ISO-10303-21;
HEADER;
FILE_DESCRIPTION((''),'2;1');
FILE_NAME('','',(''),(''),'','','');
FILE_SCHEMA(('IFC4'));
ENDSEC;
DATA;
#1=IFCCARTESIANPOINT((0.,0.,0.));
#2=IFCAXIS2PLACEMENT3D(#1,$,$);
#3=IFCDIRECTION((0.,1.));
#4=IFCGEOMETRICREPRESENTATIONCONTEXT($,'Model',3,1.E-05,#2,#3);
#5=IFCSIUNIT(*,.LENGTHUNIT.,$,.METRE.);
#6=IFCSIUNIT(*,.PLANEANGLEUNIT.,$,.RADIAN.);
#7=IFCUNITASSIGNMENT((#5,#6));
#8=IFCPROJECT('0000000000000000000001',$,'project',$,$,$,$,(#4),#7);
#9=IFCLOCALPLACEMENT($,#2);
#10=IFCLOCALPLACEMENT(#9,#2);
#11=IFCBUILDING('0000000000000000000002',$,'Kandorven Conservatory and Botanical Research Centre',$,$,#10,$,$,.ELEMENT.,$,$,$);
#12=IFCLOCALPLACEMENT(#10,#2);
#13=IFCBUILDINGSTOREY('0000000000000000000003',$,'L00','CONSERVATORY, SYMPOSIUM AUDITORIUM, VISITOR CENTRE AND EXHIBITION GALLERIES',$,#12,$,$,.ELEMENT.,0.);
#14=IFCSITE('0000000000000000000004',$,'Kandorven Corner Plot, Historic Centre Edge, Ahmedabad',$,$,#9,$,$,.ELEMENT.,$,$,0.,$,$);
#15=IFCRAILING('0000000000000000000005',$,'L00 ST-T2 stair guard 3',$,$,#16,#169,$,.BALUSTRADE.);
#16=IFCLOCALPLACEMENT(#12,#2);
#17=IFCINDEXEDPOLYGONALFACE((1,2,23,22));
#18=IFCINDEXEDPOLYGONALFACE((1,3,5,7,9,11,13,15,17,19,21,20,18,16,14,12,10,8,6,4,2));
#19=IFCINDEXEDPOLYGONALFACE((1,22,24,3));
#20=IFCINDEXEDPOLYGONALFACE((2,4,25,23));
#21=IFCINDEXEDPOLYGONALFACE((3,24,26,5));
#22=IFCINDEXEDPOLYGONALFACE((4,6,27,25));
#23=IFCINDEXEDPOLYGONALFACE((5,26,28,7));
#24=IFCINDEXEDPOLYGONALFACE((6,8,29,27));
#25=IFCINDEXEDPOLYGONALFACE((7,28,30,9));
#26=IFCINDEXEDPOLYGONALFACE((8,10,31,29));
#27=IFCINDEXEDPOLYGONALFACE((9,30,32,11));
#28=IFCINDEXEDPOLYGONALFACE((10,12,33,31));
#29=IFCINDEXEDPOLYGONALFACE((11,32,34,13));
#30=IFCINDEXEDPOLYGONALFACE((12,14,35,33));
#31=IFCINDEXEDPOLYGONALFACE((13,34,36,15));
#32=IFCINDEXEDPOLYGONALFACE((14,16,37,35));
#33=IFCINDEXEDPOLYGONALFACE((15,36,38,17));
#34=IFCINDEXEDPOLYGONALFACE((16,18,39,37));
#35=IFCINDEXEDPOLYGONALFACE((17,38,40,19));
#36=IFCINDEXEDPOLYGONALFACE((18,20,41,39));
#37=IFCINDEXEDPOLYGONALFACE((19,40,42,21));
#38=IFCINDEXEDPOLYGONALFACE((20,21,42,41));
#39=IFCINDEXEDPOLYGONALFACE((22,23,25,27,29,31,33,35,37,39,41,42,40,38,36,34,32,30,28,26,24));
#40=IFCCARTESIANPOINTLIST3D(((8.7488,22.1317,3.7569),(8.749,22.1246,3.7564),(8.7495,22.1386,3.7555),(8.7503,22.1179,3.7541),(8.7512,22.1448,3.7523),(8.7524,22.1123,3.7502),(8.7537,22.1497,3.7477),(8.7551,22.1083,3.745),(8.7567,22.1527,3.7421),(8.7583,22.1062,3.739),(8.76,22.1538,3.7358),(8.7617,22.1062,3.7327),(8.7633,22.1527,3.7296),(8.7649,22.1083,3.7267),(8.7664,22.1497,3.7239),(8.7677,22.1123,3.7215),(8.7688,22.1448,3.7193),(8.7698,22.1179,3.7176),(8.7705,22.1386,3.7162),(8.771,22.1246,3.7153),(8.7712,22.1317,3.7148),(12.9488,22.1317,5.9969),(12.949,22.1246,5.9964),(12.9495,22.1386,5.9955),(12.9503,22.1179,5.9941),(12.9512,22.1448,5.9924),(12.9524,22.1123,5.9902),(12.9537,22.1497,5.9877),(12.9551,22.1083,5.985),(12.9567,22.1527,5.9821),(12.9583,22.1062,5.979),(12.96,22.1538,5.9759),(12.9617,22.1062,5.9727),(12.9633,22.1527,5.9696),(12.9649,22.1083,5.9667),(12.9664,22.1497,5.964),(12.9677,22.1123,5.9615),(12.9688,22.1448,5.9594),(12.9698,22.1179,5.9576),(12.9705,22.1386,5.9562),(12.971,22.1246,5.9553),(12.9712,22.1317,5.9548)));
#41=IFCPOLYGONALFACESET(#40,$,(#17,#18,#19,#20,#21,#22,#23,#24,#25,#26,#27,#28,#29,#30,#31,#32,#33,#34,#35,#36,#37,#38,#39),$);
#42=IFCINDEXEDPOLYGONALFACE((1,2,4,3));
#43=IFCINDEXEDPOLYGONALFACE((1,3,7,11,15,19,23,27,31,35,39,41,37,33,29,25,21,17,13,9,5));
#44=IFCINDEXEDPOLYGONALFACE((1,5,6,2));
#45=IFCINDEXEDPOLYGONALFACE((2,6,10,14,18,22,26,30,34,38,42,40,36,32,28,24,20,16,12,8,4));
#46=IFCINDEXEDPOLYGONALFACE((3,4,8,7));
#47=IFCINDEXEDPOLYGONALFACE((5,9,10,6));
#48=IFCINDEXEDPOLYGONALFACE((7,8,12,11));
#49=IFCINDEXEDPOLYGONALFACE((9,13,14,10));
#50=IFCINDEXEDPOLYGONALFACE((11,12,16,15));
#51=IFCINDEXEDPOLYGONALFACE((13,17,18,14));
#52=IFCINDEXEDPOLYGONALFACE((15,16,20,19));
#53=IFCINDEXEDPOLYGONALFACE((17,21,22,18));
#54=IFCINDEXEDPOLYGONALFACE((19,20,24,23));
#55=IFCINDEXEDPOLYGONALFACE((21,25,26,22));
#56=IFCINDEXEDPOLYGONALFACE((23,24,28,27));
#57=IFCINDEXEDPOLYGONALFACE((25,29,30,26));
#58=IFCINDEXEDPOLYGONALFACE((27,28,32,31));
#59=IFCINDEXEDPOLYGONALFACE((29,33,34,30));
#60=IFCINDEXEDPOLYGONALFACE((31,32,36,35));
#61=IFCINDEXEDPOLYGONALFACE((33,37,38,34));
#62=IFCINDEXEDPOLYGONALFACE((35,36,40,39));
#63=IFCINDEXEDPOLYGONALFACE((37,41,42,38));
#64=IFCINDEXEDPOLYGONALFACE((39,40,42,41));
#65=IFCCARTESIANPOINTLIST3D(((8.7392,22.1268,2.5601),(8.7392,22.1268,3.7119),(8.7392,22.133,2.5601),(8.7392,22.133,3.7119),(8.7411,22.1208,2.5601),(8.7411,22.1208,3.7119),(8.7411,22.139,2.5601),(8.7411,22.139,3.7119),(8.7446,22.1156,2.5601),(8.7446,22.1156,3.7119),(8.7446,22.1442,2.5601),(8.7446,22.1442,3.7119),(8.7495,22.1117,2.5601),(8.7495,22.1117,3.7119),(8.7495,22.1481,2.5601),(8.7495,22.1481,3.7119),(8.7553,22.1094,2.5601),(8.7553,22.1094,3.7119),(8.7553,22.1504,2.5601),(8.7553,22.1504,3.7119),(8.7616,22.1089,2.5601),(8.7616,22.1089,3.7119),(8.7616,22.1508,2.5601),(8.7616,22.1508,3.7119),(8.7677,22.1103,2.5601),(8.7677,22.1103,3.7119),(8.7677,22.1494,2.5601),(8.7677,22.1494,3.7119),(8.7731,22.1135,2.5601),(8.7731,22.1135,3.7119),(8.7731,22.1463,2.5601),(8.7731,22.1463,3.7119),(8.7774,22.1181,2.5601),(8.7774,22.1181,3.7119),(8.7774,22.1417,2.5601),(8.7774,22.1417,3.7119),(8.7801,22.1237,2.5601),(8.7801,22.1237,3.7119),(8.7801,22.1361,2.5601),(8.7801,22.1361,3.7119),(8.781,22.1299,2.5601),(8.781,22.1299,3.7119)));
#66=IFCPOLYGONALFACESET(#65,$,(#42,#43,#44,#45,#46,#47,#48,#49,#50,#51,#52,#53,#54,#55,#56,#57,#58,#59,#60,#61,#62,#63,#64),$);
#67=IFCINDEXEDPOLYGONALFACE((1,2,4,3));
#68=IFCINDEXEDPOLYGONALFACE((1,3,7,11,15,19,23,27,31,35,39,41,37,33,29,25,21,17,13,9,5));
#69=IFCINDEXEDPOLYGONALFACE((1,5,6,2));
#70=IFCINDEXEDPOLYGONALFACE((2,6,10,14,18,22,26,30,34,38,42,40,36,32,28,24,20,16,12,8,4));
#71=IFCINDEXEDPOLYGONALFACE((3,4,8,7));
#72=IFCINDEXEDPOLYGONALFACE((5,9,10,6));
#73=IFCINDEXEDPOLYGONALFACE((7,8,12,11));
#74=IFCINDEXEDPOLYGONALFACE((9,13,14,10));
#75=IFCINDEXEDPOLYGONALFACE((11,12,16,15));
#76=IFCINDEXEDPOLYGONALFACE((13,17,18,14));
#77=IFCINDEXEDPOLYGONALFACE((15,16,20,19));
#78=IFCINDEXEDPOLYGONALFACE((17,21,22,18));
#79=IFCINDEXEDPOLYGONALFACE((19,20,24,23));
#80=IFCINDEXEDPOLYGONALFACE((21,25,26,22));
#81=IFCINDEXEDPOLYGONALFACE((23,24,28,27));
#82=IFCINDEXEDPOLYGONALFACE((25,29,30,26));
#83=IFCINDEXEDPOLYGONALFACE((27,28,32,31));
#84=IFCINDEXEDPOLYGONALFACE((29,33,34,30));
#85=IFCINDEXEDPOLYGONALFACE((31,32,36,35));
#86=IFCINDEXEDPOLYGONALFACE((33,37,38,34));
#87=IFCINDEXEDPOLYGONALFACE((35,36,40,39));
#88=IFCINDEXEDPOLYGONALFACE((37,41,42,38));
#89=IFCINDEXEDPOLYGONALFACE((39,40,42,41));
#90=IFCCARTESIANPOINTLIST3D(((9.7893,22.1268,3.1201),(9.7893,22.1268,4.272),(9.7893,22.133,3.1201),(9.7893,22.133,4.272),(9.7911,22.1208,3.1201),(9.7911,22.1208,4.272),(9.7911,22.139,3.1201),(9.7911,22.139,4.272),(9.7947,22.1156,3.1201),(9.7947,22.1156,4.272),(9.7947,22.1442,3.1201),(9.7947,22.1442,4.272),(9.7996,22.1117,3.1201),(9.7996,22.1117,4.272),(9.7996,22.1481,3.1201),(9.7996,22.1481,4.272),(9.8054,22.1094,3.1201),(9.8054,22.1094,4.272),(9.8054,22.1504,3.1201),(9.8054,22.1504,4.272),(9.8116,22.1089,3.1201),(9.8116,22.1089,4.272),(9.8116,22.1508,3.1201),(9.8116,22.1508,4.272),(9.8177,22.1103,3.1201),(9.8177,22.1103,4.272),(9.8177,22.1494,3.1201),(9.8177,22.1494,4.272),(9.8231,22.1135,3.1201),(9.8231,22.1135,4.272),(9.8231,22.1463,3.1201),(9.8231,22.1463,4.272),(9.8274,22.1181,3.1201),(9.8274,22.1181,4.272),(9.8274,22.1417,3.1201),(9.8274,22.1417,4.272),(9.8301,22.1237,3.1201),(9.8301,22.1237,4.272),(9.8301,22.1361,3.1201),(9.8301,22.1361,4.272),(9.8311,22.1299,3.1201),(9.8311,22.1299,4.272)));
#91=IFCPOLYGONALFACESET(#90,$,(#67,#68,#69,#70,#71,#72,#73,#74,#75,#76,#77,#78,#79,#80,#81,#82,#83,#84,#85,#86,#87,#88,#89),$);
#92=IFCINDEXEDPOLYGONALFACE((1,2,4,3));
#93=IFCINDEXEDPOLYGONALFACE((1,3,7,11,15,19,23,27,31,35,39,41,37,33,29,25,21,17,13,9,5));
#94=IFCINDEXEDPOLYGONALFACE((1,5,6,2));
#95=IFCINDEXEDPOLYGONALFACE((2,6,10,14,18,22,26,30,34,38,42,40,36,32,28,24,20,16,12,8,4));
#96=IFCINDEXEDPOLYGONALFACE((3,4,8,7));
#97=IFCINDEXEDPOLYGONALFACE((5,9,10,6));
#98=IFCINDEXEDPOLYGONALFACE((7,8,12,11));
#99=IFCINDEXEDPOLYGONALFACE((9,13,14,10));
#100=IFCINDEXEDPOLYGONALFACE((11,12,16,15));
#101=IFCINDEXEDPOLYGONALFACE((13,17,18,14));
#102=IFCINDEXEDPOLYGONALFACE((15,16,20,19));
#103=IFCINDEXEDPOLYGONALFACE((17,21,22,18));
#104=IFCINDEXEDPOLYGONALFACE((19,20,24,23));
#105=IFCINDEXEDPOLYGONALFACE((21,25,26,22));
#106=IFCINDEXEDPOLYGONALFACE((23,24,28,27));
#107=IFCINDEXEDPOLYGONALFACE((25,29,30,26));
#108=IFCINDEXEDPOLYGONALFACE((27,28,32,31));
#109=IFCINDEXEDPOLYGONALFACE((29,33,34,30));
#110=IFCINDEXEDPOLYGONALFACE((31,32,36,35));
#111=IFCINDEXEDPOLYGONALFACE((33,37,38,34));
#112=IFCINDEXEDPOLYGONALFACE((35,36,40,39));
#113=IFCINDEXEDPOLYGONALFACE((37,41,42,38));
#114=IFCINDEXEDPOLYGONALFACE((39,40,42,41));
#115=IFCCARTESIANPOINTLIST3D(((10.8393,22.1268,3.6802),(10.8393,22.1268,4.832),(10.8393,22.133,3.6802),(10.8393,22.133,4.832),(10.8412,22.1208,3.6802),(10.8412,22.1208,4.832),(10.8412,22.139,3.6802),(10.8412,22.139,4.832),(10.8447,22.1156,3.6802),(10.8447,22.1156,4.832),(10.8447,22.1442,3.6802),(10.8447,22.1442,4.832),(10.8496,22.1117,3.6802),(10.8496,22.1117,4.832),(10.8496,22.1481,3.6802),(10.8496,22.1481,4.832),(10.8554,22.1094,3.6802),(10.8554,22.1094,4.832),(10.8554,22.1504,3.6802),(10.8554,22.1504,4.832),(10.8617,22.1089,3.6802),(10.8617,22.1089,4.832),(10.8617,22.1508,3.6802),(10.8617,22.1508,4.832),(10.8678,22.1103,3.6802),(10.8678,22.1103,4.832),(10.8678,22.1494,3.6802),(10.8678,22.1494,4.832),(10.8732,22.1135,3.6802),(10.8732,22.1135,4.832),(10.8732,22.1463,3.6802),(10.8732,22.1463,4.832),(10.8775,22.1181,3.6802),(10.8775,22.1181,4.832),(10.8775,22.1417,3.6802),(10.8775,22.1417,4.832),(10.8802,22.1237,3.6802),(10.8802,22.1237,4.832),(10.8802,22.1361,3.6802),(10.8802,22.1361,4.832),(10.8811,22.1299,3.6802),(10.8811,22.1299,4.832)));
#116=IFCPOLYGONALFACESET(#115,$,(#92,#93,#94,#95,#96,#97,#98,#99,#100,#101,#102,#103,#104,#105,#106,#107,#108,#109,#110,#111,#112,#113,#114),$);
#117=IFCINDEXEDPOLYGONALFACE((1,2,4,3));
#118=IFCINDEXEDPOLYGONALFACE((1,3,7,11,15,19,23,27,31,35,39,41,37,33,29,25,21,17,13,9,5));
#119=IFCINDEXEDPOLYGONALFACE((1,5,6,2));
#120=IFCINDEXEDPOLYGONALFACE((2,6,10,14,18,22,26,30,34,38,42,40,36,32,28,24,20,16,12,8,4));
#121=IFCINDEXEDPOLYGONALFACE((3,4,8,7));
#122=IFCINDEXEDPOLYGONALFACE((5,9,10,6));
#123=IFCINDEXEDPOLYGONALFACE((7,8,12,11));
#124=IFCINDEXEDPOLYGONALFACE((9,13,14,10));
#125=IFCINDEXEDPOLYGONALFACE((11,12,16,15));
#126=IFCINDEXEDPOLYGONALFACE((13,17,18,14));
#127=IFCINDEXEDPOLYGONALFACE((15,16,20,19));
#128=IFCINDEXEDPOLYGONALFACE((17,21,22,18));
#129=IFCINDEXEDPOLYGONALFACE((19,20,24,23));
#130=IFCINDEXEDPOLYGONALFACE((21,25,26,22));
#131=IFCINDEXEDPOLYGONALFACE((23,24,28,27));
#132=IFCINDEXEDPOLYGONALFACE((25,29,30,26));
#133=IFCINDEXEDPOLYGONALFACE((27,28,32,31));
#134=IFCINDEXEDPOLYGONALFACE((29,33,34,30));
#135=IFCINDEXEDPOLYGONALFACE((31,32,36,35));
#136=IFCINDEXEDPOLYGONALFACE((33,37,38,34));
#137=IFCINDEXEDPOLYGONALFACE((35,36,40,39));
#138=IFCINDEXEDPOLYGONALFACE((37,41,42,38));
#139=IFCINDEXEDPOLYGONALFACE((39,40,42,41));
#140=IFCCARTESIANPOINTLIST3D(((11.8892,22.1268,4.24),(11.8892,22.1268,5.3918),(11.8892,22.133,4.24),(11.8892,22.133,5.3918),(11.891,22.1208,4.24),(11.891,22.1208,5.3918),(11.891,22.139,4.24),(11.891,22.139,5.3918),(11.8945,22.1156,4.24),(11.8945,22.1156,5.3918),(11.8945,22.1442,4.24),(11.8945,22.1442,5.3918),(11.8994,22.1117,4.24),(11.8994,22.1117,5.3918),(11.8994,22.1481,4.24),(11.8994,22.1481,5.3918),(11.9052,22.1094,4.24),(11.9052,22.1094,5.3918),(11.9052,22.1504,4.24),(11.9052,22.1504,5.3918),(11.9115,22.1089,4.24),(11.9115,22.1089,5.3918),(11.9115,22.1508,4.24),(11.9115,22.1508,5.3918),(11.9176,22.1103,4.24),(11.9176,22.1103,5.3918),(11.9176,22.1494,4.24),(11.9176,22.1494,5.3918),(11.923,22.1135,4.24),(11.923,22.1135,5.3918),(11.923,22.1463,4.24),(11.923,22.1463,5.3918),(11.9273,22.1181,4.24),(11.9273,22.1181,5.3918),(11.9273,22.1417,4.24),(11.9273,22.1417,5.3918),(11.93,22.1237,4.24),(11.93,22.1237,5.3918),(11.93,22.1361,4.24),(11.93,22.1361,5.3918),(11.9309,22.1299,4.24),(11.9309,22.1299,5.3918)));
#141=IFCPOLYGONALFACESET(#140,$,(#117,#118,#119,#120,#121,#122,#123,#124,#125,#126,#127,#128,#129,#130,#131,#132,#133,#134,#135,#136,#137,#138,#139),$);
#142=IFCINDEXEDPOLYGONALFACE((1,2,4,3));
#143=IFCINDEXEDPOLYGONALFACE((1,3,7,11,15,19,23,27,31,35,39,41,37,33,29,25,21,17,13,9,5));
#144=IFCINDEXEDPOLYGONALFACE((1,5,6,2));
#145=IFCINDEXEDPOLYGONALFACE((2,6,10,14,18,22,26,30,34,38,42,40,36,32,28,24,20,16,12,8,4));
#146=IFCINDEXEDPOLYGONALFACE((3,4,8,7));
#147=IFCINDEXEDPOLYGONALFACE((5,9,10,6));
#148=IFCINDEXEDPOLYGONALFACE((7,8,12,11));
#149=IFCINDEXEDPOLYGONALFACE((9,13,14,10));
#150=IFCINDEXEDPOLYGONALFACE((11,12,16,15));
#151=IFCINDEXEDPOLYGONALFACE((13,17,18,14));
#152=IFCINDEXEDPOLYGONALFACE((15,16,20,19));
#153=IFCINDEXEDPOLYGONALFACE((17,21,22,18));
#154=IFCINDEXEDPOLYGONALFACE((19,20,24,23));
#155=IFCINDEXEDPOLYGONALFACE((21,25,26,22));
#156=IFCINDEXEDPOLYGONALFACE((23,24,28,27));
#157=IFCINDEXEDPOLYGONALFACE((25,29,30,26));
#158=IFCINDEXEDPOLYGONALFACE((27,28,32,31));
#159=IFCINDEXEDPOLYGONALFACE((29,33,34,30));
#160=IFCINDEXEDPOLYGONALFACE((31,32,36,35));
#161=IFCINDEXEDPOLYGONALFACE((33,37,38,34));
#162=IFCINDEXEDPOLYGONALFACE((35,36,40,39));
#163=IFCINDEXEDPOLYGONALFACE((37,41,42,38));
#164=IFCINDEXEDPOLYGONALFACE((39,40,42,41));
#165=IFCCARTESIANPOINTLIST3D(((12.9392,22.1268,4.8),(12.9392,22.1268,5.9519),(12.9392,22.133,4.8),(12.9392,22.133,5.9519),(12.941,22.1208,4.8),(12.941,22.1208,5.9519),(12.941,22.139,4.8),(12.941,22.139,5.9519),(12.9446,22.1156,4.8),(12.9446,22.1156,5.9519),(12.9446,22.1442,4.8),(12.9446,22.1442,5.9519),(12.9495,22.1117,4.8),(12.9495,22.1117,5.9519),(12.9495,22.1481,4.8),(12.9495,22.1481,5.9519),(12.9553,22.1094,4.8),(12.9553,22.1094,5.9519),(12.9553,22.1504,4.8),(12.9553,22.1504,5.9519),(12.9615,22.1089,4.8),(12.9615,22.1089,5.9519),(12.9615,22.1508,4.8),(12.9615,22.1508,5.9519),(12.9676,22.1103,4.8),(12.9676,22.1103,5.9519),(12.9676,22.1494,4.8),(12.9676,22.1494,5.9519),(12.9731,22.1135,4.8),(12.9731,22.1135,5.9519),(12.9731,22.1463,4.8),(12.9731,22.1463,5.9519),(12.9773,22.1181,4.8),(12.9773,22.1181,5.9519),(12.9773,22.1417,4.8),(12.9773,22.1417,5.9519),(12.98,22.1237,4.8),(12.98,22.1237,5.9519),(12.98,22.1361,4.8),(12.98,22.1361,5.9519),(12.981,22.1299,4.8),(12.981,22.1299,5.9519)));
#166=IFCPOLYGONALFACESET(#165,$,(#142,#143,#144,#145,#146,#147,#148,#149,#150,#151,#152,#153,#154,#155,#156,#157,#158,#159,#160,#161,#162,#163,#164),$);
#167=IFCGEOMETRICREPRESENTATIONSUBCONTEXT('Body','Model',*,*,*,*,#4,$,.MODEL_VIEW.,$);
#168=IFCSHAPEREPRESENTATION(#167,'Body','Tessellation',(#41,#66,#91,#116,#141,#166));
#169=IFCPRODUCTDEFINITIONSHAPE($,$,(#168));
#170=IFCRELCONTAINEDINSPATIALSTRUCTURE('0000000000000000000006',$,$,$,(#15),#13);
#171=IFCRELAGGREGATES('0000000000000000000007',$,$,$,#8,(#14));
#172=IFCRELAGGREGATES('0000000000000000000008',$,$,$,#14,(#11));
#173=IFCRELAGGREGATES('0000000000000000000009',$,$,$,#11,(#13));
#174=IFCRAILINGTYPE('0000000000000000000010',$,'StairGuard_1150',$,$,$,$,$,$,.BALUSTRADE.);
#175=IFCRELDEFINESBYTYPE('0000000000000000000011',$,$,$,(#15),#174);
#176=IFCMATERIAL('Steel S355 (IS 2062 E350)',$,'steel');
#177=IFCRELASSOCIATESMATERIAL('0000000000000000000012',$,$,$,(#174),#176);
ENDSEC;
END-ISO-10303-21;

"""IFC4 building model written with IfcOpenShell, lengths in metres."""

from ifc_helpers import new_model, si_unit, direction, frame, origin, origin_2d, place, context, subcontext, project, spatial, circle, extrude, material, type_object, element, save


model = new_model("IFC4")

# Units and contexts
model_context = context("Model", 3, precision=1e-05, world=origin(), true_north=direction((0.0, 1.0)))
body_context = subcontext(model_context, "Body", "Model", "MODEL_VIEW")
ifc_project = project(units=[si_unit("LENGTHUNIT", "METRE"), si_unit("PLANEANGLEUNIT", "RADIAN")], contexts=[model_context])

# Site, building, storey
site_placement = place(None, origin())
site = spatial("IfcSite", under=ifc_project, at=site_placement, Name="Kandorven Corner Plot, Historic Centre Edge, Ahmedabad", CompositionType="ELEMENT", RefElevation=0.0)
building_placement = place(site_placement, origin())
building = spatial("IfcBuilding", under=site, at=building_placement, Name="Kandorven Conservatory and Botanical Research Centre", CompositionType="ELEMENT")
storey_placement = place(building_placement, origin())
storey = spatial("IfcBuildingStorey", under=building, at=storey_placement, Name="L00", Description="CONSERVATORY, SYMPOSIUM AUDITORIUM, VISITOR CENTRE AND EXHIBITION GALLERIES", CompositionType="ELEMENT", Elevation=0.0)

# Railing
ifc_material_1 = material(Name="Steel S355 (IS 2062 E350)", Category="steel")
railing_type_1 = type_object("IfcRailingType", Name="StairGuard_1150", PredefinedType="BALUSTRADE", material=ifc_material_1)
railing_1_placement = place(storey_placement, frame((8.76, 22.1299, 2.5601)))
element("IfcRailing", 1, at=railing_1_placement, inside=storey, type_object=railing_type_1, Name="L00 ST-T2 stair guard 3", PredefinedType="BALUSTRADE", context=body_context, shape_type="SweptSolid", body=[
    extrude(circle(Radius=0.0239, at=origin_2d()), frame((0.0, 0.0, 1.1758), z_axis=(0.882352, 0.0, 0.470591), x_axis=(0.0, 1.0, 0.0)), (0.0, 0.0, 1.0), 4.76),
    extrude(circle(Radius=0.021, at=origin_2d()), origin(), (0.0, 0.0, 1.0), 1.1519),
    extrude(circle(Radius=0.021, at=origin_2d()), frame((1.05, 0.0, 0.5601)), (0.0, 0.0, 1.0), 1.1519),
    extrude(circle(Radius=0.021, at=origin_2d()), frame((2.1001, 0.0, 1.1201)), (0.0, 0.0, 1.0), 1.1519),
    extrude(circle(Radius=0.021, at=origin_2d()), frame((3.1499, 0.0, 1.6799)), (0.0, 0.0, 1.0), 1.1519),
    extrude(circle(Radius=0.021, at=origin_2d()), frame((4.2, 0.0, 2.24)), (0.0, 0.0, 1.0), 1.1519),
])

save(model, "model.ifc")
